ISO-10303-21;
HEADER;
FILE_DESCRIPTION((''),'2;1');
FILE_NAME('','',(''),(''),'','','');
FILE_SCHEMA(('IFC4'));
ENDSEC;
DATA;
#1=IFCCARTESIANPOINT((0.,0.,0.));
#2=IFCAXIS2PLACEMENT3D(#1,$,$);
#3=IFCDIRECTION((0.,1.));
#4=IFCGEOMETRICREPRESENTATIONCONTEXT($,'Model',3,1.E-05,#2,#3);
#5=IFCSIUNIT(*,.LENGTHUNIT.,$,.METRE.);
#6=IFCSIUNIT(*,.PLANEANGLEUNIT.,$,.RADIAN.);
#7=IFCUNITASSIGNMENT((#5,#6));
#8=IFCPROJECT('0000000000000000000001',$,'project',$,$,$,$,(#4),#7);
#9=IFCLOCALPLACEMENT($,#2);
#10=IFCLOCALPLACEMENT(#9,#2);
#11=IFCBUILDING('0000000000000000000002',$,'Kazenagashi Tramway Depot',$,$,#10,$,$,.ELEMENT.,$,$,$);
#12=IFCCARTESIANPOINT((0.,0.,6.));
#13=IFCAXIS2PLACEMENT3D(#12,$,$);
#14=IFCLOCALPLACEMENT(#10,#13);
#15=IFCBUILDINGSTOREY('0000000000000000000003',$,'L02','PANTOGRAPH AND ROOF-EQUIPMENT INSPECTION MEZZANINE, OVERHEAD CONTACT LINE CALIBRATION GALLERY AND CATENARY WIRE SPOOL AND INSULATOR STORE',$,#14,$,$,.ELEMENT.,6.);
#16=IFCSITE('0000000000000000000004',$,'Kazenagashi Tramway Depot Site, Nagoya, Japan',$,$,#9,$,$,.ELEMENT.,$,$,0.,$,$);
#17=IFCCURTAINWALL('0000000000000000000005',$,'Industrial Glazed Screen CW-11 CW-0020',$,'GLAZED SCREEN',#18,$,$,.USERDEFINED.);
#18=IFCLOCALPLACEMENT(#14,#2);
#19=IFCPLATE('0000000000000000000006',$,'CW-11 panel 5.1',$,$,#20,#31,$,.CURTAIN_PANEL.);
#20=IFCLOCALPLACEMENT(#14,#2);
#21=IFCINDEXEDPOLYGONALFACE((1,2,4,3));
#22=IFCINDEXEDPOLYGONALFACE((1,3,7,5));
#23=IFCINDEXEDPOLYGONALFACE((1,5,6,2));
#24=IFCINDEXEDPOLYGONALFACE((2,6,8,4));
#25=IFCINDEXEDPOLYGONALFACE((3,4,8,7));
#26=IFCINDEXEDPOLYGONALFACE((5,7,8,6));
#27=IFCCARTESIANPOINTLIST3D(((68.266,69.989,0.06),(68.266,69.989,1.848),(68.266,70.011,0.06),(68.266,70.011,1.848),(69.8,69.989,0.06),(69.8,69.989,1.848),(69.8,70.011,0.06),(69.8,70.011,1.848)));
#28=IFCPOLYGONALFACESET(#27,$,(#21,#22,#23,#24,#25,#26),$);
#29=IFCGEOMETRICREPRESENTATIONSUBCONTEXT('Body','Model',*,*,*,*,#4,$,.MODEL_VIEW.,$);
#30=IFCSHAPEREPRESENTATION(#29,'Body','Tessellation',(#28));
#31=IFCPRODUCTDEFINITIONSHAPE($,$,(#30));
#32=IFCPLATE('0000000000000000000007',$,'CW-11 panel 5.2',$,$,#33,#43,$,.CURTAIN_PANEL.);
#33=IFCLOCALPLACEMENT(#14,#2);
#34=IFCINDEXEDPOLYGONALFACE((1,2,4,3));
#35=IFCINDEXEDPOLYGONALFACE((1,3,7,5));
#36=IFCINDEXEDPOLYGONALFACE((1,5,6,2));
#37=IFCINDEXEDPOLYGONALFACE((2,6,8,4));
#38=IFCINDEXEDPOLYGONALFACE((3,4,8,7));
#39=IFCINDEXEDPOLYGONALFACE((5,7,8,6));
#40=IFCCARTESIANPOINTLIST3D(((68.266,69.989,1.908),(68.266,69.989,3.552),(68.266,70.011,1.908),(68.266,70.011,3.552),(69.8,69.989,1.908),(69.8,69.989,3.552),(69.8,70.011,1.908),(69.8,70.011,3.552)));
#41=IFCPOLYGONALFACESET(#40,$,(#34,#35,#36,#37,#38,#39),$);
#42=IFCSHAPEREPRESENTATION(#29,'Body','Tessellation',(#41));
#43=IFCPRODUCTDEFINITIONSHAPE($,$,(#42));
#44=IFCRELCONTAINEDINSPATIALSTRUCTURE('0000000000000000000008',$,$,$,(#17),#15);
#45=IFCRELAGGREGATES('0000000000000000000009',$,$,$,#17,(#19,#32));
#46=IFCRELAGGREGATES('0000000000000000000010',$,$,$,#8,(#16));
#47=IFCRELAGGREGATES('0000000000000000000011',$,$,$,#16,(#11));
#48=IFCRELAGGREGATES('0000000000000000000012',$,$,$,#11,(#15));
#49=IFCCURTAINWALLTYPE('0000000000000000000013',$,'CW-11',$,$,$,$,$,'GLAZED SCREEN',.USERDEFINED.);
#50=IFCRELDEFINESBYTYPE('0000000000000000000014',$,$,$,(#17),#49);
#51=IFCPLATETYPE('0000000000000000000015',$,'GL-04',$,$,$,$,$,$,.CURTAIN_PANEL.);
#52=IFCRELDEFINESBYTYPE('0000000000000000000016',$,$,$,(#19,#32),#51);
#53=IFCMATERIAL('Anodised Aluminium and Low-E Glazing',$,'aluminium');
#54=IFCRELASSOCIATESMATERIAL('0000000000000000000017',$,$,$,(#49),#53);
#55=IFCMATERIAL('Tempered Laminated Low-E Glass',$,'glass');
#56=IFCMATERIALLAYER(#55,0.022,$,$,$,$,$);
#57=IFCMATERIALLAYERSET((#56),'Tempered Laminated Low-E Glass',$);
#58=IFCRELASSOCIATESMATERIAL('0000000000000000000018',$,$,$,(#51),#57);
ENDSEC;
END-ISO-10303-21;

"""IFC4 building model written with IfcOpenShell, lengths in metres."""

from ifc_helpers import new_model, si_unit, direction, frame, origin, origin_2d, place, context, subcontext, project, spatial, rectangle, extrude, material, layer, layer_set, type_object, element, aggregate, save


model = new_model("IFC4")

# Units and contexts
model_context = context("Model", 3, precision=1e-05, world=origin(), true_north=direction((0.0, 1.0)))
body_context = subcontext(model_context, "Body", "Model", "MODEL_VIEW")
ifc_project = project(units=[si_unit("LENGTHUNIT", "METRE"), si_unit("PLANEANGLEUNIT", "RADIAN")], contexts=[model_context])

# Site, building, storey
site_placement = place(None, origin())
site = spatial("IfcSite", under=ifc_project, at=site_placement, Name="Kazenagashi Tramway Depot Site, Nagoya, Japan", CompositionType="ELEMENT", RefElevation=0.0)
building_placement = place(site_placement, origin())
building = spatial("IfcBuilding", under=site, at=building_placement, Name="Kazenagashi Tramway Depot", CompositionType="ELEMENT")
storey_placement = place(building_placement, frame((0.0, 0.0, 6.0)))
storey = spatial("IfcBuildingStorey", under=building, at=storey_placement, Name="L02", Description="PANTOGRAPH AND ROOF-EQUIPMENT INSPECTION MEZZANINE, OVERHEAD CONTACT LINE CALIBRATION GALLERY AND CATENARY WIRE SPOOL AND INSULATOR STORE", CompositionType="ELEMENT", Elevation=6.0)

# Curtain wall
ifc_material_1 = material(Name="Anodised Aluminium and Low-E Glazing", Category="aluminium")
curtain_wall_type = type_object("IfcCurtainWallType", Name="CW-11", ElementType="GLAZED SCREEN", PredefinedType="USERDEFINED", material=ifc_material_1)
curtain_wall_placement = place(storey_placement, origin())
curtain_wall = element("IfcCurtainWall", 1, at=curtain_wall_placement, inside=storey, type_object=curtain_wall_type, Name="Industrial Glazed Screen CW-11 CW-0020", ObjectType="GLAZED SCREEN", PredefinedType="USERDEFINED")

# Plates
ifc_material_2 = material(Name="Tempered Laminated Low-E Glass", Category="glass")
ifc_layer = layer(ifc_material_2, 0.022)
ifc_layer_set = layer_set([ifc_layer], Name="Tempered Laminated Low-E Glass")
plate_type = type_object("IfcPlateType", Name="GL-04", PredefinedType="CURTAIN_PANEL", material=ifc_layer_set)
plate_1_placement = place(storey_placement, frame((69.033, 70.0, 0.06), z_axis=(0.0, 0.0, 1.0), x_axis=(1.0, 0.0, 0.0)))
plate_1 = element("IfcPlate", 2, at=plate_1_placement, type_object=plate_type, Name="CW-11 panel 5.1", PredefinedType="CURTAIN_PANEL", context=body_context, shape_type="SweptSolid", body=[
    extrude(rectangle(XDim=1.534, YDim=0.022, at=origin_2d()), origin(), (0.0, 0.0, 1.0), 1.788),
])
plate_2_placement = place(storey_placement, frame((69.033, 70.0, 1.908), z_axis=(0.0, 0.0, 1.0), x_axis=(1.0, 0.0, 0.0)))
plate_2 = element("IfcPlate", 3, at=plate_2_placement, type_object=plate_type, Name="CW-11 panel 5.2", PredefinedType="CURTAIN_PANEL", context=body_context, shape_type="SweptSolid", body=[
    extrude(rectangle(XDim=1.534, YDim=0.022, at=origin_2d()), origin(), (0.0, 0.0, 1.0), 1.644),
])
aggregate(curtain_wall, [plate_1, plate_2])

save(model, "model.ifc")
